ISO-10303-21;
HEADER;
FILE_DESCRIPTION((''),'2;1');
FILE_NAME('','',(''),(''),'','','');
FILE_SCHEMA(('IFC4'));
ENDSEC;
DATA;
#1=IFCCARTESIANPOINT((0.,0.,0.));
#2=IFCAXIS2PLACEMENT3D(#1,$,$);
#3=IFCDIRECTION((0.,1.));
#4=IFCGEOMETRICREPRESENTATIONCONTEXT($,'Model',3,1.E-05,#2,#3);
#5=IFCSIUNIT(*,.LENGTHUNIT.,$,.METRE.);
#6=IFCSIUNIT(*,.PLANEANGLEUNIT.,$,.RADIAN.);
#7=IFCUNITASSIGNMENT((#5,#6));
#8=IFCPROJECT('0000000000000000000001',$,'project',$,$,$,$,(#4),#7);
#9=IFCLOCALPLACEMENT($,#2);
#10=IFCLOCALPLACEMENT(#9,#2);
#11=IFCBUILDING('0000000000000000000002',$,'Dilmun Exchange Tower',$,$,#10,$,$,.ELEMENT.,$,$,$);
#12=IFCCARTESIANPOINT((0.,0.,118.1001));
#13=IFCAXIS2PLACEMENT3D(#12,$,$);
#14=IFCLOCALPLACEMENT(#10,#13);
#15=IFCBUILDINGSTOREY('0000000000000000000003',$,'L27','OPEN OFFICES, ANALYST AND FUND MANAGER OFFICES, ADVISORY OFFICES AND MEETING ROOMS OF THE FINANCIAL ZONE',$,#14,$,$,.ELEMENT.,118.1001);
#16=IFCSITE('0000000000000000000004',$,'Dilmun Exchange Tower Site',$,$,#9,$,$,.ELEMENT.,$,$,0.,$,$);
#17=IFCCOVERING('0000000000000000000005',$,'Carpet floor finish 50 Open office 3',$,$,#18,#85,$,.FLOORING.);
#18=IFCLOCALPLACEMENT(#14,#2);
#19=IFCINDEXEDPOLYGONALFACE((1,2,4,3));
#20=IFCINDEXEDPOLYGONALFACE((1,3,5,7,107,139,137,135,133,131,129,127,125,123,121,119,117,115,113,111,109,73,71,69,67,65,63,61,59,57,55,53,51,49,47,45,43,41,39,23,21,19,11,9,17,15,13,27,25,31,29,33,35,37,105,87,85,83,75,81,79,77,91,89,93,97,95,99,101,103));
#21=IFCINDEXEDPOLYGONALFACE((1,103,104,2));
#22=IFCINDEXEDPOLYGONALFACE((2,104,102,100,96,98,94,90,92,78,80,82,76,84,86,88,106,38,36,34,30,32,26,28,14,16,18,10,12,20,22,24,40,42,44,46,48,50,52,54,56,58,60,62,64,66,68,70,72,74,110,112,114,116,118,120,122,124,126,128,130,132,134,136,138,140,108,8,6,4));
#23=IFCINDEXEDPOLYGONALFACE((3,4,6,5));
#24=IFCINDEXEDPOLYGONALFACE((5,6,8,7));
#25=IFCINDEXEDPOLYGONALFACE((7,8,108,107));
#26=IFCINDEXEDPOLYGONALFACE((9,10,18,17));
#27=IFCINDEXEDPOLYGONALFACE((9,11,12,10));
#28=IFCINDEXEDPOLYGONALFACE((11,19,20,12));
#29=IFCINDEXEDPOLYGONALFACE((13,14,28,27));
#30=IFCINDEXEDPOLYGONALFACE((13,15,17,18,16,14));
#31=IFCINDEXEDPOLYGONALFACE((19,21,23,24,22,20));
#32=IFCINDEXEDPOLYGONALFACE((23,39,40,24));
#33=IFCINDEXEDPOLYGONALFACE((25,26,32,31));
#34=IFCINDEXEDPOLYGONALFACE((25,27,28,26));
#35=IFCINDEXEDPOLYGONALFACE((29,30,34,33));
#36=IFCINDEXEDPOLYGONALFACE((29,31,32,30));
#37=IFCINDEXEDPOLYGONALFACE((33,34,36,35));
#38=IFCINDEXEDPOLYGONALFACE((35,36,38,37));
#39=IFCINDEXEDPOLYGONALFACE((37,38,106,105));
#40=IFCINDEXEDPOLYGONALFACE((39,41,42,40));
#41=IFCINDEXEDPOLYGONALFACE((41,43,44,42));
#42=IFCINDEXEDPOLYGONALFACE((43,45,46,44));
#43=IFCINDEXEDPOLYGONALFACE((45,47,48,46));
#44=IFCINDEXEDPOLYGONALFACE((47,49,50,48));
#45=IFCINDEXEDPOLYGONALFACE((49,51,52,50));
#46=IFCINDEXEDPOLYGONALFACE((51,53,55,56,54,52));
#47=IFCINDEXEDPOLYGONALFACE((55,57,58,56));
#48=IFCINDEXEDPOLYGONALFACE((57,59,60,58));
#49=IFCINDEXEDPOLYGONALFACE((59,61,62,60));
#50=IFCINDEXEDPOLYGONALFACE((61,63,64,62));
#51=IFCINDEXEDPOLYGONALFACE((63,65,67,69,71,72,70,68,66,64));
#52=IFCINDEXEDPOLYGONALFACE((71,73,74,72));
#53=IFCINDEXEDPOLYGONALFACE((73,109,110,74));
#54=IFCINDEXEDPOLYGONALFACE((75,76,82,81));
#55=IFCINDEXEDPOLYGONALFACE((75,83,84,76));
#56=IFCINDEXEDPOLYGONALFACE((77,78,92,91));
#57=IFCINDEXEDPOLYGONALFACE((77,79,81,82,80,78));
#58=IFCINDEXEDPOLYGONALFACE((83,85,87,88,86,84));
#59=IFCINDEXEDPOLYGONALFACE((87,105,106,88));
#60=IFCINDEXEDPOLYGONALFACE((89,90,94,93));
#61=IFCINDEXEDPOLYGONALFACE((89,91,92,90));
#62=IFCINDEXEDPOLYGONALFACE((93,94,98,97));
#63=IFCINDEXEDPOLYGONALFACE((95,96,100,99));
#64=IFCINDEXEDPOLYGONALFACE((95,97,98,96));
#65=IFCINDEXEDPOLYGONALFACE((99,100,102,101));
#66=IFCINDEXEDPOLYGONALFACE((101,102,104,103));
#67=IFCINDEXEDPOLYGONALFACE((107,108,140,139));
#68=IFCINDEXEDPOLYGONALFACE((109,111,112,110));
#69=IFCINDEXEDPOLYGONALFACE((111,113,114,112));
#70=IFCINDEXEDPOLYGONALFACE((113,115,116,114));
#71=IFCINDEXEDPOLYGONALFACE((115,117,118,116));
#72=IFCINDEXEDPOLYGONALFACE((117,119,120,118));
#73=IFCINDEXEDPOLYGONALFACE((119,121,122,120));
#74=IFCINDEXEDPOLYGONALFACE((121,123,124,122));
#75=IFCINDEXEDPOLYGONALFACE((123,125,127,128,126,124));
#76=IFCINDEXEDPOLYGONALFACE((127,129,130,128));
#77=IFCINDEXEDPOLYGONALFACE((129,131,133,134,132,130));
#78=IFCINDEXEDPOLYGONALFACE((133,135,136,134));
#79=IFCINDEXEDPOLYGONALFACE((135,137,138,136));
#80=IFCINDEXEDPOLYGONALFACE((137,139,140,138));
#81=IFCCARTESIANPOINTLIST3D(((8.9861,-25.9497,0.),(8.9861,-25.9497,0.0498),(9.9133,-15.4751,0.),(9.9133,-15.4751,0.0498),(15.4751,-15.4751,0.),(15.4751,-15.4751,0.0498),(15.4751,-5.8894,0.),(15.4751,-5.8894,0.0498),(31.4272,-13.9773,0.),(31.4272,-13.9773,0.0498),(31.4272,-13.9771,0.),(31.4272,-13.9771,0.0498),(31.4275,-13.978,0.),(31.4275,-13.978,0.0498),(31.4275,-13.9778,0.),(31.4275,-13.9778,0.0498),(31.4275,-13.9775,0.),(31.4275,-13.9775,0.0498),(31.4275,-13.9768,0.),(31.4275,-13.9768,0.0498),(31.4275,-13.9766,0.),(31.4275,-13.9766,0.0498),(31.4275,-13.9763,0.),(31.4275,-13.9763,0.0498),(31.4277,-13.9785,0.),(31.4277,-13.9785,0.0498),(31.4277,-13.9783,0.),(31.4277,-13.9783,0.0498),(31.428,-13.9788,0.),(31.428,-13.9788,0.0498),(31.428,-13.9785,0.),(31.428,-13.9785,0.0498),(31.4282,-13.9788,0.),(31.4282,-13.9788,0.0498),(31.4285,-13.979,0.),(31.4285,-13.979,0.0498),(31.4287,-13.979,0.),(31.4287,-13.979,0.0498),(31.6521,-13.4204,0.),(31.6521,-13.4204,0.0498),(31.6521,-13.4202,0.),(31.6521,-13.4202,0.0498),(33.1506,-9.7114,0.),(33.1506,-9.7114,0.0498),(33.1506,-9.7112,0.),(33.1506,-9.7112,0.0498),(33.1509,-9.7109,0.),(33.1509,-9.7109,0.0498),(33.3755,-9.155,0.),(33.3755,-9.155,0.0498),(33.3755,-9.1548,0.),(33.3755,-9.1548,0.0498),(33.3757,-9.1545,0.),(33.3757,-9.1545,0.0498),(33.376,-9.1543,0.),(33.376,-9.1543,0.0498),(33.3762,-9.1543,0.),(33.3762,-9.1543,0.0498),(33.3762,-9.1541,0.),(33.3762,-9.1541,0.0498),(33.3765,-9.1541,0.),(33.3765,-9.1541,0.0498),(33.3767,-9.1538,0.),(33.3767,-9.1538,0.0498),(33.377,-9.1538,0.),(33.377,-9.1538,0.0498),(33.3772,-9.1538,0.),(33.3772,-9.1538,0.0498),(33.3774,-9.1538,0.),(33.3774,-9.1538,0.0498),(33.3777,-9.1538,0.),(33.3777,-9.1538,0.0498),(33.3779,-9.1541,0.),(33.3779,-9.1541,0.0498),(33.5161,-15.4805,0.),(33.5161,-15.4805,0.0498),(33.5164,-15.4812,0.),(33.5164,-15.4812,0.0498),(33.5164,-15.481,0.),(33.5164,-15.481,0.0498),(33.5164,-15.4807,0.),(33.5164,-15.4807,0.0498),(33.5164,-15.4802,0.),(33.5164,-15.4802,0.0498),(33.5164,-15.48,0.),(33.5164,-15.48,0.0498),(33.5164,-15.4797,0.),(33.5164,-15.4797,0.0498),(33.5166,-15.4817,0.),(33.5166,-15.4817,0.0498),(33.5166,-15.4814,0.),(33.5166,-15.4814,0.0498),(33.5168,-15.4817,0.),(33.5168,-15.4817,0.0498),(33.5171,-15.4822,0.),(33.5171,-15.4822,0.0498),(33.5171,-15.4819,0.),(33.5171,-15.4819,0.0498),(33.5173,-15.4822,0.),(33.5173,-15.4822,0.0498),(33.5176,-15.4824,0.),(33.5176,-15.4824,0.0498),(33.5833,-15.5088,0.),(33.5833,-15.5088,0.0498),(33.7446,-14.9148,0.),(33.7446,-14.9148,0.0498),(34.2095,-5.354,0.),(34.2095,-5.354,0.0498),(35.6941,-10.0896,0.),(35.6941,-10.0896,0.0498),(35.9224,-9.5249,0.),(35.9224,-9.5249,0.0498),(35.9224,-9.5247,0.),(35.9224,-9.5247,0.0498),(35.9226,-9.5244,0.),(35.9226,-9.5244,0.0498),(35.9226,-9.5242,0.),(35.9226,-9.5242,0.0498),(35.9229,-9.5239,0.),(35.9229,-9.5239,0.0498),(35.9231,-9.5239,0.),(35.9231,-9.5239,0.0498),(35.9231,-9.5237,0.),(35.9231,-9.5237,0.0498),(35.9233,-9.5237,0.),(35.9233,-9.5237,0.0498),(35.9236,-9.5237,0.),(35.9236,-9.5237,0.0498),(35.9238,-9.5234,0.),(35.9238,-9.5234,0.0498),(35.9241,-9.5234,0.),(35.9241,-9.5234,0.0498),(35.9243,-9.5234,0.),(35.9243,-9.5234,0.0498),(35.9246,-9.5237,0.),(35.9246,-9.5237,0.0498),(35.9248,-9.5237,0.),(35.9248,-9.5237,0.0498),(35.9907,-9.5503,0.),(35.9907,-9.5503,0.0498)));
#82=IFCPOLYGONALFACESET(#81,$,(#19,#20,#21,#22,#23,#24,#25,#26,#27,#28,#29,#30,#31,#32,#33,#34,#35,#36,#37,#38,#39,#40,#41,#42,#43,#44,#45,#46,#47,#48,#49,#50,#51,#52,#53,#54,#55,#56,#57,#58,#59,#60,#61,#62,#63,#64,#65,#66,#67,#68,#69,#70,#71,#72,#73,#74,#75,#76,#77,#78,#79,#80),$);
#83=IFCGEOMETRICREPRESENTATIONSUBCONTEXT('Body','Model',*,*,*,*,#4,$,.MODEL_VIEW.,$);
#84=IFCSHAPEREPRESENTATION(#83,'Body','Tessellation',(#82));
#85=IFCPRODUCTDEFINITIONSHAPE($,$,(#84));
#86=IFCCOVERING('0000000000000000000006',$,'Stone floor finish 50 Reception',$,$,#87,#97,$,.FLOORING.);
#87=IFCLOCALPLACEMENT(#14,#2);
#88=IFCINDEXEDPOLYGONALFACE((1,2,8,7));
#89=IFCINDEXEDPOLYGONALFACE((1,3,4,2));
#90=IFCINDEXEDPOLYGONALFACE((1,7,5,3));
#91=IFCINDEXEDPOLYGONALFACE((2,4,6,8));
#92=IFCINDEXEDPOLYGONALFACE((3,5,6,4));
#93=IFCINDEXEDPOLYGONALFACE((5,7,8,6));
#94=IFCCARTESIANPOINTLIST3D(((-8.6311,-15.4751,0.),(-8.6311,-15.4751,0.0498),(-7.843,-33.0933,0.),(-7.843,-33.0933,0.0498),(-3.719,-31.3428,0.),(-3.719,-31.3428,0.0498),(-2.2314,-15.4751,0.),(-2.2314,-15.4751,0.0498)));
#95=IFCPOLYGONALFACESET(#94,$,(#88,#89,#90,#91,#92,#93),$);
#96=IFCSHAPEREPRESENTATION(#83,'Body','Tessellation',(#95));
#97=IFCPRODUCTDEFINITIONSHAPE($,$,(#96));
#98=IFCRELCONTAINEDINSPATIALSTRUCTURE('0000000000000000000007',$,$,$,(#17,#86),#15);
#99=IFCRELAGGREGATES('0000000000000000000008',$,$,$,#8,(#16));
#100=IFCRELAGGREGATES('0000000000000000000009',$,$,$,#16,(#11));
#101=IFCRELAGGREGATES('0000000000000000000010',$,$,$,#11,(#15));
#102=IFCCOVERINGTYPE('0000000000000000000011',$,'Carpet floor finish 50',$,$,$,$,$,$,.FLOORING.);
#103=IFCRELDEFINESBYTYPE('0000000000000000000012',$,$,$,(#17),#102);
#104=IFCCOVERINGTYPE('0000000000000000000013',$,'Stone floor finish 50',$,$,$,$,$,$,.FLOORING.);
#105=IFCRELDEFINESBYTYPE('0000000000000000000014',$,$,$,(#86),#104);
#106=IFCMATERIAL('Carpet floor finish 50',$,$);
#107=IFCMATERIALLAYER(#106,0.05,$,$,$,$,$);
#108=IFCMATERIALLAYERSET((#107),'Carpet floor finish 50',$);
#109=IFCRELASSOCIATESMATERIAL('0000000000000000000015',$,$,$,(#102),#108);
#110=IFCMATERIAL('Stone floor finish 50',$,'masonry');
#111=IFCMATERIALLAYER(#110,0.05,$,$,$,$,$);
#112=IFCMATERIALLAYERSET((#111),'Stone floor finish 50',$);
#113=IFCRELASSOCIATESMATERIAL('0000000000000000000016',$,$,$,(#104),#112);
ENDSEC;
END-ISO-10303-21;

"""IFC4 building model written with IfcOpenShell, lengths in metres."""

from ifc_helpers import new_model, si_unit, direction, frame, origin, place, context, subcontext, project, spatial, polyline, outline, extrude, material, layer, layer_set, type_object, element, save


model = new_model("IFC4")

# Units and contexts
model_context = context("Model", 3, precision=1e-05, world=origin(), true_north=direction((0.0, 1.0)))
body_context = subcontext(model_context, "Body", "Model", "MODEL_VIEW")
ifc_project = project(units=[si_unit("LENGTHUNIT", "METRE"), si_unit("PLANEANGLEUNIT", "RADIAN")], contexts=[model_context])

# Site, building, storey
site_placement = place(None, origin())
site = spatial("IfcSite", under=ifc_project, at=site_placement, Name="Dilmun Exchange Tower Site", CompositionType="ELEMENT", RefElevation=0.0)
building_placement = place(site_placement, origin())
building = spatial("IfcBuilding", under=site, at=building_placement, Name="Dilmun Exchange Tower", CompositionType="ELEMENT")
storey_placement = place(building_placement, frame((0.0, 0.0, 118.1001)))
storey = spatial("IfcBuildingStorey", under=building, at=storey_placement, Name="L27", Description="OPEN OFFICES, ANALYST AND FUND MANAGER OFFICES, ADVISORY OFFICES AND MEETING ROOMS OF THE FINANCIAL ZONE", CompositionType="ELEMENT", Elevation=118.1001)

# Coverings
ifc_material_1 = material(Name="Carpet floor finish 50")
ifc_layer_1 = layer(ifc_material_1, 0.05)
ifc_layer_set_1 = layer_set([ifc_layer_1], Name="Carpet floor finish 50")
covering_type_1 = type_object("IfcCoveringType", Name="Carpet floor finish 50", PredefinedType="FLOORING", material=ifc_layer_set_1)
covering_1_placement = place(storey_placement, origin())
element("IfcCovering", 1, at=covering_1_placement, inside=storey, type_object=covering_type_1, Name="Carpet floor finish 50 Open office 3", PredefinedType="FLOORING", context=body_context, shape_type="SweptSolid", body=[
    extrude(outline(polyline([(9.9133, -15.4751), (15.4751, -15.4751), (15.4751, -5.8894), (34.2095, -5.354), (35.9907, -9.5503), (35.9248, -9.5237), (35.9248, -9.5237), (35.9246, -9.5237), (35.9243, -9.5234), (35.9241, -9.5234), (35.9238, -9.5234), (35.9236, -9.5237), (35.9236, -9.5237), (35.9233, -9.5237), (35.9231, -9.5237), (35.9231, -9.5239), (35.9229, -9.5239), (35.9226, -9.5242), (35.9226, -9.5244), (35.9226, -9.5244), (35.9224, -9.5247), (35.9224, -9.5249), (35.6941, -10.0896), (33.3779, -9.1541), (33.3777, -9.1538), (33.3777, -9.1538), (33.3774, -9.1538), (33.3772, -9.1538), (33.3772, -9.1538), (33.377, -9.1538), (33.3767, -9.1538), (33.3765, -9.1541), (33.3762, -9.1541), (33.3762, -9.1543), (33.376, -9.1543), (33.376, -9.1543), (33.3757, -9.1545), (33.3755, -9.1548), (33.3755, -9.1548), (33.3755, -9.155), (33.1509, -9.7109), (33.1509, -9.7109), (33.1506, -9.7112), (33.1506, -9.7114), (31.6521, -13.4202), (31.6521, -13.4204), (31.6521, -13.4204), (31.6521, -13.4204), (31.4275, -13.9763), (31.4275, -13.9766), (31.4275, -13.9768), (31.4272, -13.9771), (31.4272, -13.9773), (31.4272, -13.9773), (31.4275, -13.9775), (31.4275, -13.9778), (31.4275, -13.9778), (31.4275, -13.978), (31.4277, -13.9783), (31.4277, -13.9785), (31.428, -13.9785), (31.428, -13.9788), (31.4282, -13.9788), (31.4285, -13.979), (31.4287, -13.979), (33.7446, -14.9148), (33.5164, -15.4797), (33.5164, -15.48), (33.5164, -15.48), (33.5164, -15.4802), (33.5161, -15.4805), (33.5164, -15.4807), (33.5164, -15.4807), (33.5164, -15.481), (33.5164, -15.4812), (33.5166, -15.4814), (33.5166, -15.4814), (33.5166, -15.4817), (33.5168, -15.4817), (33.5171, -15.4819), (33.5171, -15.4822), (33.5173, -15.4822), (33.5176, -15.4824), (33.5833, -15.5088), (8.9861, -25.9497), (9.9133, -15.4751)])), origin(), (0.0, 0.0, 1.0), 0.0498),
])
ifc_material_2 = material(Name="Stone floor finish 50", Category="masonry")
ifc_layer_2 = layer(ifc_material_2, 0.05)
ifc_layer_set_2 = layer_set([ifc_layer_2], Name="Stone floor finish 50")
covering_type_2 = type_object("IfcCoveringType", Name="Stone floor finish 50", PredefinedType="FLOORING", material=ifc_layer_set_2)
covering_2_placement = place(storey_placement, origin())
element("IfcCovering", 2, at=covering_2_placement, inside=storey, type_object=covering_type_2, Name="Stone floor finish 50 Reception", PredefinedType="FLOORING", context=body_context, shape_type="SweptSolid", body=[
    extrude(outline(polyline([(-8.6311, -15.4751), (-2.2314, -15.4751), (-3.719, -31.3428), (-7.843, -33.0933), (-8.6311, -15.4751)])), origin(), (0.0, 0.0, 1.0), 0.0498),
])

save(model, "model.ifc")
